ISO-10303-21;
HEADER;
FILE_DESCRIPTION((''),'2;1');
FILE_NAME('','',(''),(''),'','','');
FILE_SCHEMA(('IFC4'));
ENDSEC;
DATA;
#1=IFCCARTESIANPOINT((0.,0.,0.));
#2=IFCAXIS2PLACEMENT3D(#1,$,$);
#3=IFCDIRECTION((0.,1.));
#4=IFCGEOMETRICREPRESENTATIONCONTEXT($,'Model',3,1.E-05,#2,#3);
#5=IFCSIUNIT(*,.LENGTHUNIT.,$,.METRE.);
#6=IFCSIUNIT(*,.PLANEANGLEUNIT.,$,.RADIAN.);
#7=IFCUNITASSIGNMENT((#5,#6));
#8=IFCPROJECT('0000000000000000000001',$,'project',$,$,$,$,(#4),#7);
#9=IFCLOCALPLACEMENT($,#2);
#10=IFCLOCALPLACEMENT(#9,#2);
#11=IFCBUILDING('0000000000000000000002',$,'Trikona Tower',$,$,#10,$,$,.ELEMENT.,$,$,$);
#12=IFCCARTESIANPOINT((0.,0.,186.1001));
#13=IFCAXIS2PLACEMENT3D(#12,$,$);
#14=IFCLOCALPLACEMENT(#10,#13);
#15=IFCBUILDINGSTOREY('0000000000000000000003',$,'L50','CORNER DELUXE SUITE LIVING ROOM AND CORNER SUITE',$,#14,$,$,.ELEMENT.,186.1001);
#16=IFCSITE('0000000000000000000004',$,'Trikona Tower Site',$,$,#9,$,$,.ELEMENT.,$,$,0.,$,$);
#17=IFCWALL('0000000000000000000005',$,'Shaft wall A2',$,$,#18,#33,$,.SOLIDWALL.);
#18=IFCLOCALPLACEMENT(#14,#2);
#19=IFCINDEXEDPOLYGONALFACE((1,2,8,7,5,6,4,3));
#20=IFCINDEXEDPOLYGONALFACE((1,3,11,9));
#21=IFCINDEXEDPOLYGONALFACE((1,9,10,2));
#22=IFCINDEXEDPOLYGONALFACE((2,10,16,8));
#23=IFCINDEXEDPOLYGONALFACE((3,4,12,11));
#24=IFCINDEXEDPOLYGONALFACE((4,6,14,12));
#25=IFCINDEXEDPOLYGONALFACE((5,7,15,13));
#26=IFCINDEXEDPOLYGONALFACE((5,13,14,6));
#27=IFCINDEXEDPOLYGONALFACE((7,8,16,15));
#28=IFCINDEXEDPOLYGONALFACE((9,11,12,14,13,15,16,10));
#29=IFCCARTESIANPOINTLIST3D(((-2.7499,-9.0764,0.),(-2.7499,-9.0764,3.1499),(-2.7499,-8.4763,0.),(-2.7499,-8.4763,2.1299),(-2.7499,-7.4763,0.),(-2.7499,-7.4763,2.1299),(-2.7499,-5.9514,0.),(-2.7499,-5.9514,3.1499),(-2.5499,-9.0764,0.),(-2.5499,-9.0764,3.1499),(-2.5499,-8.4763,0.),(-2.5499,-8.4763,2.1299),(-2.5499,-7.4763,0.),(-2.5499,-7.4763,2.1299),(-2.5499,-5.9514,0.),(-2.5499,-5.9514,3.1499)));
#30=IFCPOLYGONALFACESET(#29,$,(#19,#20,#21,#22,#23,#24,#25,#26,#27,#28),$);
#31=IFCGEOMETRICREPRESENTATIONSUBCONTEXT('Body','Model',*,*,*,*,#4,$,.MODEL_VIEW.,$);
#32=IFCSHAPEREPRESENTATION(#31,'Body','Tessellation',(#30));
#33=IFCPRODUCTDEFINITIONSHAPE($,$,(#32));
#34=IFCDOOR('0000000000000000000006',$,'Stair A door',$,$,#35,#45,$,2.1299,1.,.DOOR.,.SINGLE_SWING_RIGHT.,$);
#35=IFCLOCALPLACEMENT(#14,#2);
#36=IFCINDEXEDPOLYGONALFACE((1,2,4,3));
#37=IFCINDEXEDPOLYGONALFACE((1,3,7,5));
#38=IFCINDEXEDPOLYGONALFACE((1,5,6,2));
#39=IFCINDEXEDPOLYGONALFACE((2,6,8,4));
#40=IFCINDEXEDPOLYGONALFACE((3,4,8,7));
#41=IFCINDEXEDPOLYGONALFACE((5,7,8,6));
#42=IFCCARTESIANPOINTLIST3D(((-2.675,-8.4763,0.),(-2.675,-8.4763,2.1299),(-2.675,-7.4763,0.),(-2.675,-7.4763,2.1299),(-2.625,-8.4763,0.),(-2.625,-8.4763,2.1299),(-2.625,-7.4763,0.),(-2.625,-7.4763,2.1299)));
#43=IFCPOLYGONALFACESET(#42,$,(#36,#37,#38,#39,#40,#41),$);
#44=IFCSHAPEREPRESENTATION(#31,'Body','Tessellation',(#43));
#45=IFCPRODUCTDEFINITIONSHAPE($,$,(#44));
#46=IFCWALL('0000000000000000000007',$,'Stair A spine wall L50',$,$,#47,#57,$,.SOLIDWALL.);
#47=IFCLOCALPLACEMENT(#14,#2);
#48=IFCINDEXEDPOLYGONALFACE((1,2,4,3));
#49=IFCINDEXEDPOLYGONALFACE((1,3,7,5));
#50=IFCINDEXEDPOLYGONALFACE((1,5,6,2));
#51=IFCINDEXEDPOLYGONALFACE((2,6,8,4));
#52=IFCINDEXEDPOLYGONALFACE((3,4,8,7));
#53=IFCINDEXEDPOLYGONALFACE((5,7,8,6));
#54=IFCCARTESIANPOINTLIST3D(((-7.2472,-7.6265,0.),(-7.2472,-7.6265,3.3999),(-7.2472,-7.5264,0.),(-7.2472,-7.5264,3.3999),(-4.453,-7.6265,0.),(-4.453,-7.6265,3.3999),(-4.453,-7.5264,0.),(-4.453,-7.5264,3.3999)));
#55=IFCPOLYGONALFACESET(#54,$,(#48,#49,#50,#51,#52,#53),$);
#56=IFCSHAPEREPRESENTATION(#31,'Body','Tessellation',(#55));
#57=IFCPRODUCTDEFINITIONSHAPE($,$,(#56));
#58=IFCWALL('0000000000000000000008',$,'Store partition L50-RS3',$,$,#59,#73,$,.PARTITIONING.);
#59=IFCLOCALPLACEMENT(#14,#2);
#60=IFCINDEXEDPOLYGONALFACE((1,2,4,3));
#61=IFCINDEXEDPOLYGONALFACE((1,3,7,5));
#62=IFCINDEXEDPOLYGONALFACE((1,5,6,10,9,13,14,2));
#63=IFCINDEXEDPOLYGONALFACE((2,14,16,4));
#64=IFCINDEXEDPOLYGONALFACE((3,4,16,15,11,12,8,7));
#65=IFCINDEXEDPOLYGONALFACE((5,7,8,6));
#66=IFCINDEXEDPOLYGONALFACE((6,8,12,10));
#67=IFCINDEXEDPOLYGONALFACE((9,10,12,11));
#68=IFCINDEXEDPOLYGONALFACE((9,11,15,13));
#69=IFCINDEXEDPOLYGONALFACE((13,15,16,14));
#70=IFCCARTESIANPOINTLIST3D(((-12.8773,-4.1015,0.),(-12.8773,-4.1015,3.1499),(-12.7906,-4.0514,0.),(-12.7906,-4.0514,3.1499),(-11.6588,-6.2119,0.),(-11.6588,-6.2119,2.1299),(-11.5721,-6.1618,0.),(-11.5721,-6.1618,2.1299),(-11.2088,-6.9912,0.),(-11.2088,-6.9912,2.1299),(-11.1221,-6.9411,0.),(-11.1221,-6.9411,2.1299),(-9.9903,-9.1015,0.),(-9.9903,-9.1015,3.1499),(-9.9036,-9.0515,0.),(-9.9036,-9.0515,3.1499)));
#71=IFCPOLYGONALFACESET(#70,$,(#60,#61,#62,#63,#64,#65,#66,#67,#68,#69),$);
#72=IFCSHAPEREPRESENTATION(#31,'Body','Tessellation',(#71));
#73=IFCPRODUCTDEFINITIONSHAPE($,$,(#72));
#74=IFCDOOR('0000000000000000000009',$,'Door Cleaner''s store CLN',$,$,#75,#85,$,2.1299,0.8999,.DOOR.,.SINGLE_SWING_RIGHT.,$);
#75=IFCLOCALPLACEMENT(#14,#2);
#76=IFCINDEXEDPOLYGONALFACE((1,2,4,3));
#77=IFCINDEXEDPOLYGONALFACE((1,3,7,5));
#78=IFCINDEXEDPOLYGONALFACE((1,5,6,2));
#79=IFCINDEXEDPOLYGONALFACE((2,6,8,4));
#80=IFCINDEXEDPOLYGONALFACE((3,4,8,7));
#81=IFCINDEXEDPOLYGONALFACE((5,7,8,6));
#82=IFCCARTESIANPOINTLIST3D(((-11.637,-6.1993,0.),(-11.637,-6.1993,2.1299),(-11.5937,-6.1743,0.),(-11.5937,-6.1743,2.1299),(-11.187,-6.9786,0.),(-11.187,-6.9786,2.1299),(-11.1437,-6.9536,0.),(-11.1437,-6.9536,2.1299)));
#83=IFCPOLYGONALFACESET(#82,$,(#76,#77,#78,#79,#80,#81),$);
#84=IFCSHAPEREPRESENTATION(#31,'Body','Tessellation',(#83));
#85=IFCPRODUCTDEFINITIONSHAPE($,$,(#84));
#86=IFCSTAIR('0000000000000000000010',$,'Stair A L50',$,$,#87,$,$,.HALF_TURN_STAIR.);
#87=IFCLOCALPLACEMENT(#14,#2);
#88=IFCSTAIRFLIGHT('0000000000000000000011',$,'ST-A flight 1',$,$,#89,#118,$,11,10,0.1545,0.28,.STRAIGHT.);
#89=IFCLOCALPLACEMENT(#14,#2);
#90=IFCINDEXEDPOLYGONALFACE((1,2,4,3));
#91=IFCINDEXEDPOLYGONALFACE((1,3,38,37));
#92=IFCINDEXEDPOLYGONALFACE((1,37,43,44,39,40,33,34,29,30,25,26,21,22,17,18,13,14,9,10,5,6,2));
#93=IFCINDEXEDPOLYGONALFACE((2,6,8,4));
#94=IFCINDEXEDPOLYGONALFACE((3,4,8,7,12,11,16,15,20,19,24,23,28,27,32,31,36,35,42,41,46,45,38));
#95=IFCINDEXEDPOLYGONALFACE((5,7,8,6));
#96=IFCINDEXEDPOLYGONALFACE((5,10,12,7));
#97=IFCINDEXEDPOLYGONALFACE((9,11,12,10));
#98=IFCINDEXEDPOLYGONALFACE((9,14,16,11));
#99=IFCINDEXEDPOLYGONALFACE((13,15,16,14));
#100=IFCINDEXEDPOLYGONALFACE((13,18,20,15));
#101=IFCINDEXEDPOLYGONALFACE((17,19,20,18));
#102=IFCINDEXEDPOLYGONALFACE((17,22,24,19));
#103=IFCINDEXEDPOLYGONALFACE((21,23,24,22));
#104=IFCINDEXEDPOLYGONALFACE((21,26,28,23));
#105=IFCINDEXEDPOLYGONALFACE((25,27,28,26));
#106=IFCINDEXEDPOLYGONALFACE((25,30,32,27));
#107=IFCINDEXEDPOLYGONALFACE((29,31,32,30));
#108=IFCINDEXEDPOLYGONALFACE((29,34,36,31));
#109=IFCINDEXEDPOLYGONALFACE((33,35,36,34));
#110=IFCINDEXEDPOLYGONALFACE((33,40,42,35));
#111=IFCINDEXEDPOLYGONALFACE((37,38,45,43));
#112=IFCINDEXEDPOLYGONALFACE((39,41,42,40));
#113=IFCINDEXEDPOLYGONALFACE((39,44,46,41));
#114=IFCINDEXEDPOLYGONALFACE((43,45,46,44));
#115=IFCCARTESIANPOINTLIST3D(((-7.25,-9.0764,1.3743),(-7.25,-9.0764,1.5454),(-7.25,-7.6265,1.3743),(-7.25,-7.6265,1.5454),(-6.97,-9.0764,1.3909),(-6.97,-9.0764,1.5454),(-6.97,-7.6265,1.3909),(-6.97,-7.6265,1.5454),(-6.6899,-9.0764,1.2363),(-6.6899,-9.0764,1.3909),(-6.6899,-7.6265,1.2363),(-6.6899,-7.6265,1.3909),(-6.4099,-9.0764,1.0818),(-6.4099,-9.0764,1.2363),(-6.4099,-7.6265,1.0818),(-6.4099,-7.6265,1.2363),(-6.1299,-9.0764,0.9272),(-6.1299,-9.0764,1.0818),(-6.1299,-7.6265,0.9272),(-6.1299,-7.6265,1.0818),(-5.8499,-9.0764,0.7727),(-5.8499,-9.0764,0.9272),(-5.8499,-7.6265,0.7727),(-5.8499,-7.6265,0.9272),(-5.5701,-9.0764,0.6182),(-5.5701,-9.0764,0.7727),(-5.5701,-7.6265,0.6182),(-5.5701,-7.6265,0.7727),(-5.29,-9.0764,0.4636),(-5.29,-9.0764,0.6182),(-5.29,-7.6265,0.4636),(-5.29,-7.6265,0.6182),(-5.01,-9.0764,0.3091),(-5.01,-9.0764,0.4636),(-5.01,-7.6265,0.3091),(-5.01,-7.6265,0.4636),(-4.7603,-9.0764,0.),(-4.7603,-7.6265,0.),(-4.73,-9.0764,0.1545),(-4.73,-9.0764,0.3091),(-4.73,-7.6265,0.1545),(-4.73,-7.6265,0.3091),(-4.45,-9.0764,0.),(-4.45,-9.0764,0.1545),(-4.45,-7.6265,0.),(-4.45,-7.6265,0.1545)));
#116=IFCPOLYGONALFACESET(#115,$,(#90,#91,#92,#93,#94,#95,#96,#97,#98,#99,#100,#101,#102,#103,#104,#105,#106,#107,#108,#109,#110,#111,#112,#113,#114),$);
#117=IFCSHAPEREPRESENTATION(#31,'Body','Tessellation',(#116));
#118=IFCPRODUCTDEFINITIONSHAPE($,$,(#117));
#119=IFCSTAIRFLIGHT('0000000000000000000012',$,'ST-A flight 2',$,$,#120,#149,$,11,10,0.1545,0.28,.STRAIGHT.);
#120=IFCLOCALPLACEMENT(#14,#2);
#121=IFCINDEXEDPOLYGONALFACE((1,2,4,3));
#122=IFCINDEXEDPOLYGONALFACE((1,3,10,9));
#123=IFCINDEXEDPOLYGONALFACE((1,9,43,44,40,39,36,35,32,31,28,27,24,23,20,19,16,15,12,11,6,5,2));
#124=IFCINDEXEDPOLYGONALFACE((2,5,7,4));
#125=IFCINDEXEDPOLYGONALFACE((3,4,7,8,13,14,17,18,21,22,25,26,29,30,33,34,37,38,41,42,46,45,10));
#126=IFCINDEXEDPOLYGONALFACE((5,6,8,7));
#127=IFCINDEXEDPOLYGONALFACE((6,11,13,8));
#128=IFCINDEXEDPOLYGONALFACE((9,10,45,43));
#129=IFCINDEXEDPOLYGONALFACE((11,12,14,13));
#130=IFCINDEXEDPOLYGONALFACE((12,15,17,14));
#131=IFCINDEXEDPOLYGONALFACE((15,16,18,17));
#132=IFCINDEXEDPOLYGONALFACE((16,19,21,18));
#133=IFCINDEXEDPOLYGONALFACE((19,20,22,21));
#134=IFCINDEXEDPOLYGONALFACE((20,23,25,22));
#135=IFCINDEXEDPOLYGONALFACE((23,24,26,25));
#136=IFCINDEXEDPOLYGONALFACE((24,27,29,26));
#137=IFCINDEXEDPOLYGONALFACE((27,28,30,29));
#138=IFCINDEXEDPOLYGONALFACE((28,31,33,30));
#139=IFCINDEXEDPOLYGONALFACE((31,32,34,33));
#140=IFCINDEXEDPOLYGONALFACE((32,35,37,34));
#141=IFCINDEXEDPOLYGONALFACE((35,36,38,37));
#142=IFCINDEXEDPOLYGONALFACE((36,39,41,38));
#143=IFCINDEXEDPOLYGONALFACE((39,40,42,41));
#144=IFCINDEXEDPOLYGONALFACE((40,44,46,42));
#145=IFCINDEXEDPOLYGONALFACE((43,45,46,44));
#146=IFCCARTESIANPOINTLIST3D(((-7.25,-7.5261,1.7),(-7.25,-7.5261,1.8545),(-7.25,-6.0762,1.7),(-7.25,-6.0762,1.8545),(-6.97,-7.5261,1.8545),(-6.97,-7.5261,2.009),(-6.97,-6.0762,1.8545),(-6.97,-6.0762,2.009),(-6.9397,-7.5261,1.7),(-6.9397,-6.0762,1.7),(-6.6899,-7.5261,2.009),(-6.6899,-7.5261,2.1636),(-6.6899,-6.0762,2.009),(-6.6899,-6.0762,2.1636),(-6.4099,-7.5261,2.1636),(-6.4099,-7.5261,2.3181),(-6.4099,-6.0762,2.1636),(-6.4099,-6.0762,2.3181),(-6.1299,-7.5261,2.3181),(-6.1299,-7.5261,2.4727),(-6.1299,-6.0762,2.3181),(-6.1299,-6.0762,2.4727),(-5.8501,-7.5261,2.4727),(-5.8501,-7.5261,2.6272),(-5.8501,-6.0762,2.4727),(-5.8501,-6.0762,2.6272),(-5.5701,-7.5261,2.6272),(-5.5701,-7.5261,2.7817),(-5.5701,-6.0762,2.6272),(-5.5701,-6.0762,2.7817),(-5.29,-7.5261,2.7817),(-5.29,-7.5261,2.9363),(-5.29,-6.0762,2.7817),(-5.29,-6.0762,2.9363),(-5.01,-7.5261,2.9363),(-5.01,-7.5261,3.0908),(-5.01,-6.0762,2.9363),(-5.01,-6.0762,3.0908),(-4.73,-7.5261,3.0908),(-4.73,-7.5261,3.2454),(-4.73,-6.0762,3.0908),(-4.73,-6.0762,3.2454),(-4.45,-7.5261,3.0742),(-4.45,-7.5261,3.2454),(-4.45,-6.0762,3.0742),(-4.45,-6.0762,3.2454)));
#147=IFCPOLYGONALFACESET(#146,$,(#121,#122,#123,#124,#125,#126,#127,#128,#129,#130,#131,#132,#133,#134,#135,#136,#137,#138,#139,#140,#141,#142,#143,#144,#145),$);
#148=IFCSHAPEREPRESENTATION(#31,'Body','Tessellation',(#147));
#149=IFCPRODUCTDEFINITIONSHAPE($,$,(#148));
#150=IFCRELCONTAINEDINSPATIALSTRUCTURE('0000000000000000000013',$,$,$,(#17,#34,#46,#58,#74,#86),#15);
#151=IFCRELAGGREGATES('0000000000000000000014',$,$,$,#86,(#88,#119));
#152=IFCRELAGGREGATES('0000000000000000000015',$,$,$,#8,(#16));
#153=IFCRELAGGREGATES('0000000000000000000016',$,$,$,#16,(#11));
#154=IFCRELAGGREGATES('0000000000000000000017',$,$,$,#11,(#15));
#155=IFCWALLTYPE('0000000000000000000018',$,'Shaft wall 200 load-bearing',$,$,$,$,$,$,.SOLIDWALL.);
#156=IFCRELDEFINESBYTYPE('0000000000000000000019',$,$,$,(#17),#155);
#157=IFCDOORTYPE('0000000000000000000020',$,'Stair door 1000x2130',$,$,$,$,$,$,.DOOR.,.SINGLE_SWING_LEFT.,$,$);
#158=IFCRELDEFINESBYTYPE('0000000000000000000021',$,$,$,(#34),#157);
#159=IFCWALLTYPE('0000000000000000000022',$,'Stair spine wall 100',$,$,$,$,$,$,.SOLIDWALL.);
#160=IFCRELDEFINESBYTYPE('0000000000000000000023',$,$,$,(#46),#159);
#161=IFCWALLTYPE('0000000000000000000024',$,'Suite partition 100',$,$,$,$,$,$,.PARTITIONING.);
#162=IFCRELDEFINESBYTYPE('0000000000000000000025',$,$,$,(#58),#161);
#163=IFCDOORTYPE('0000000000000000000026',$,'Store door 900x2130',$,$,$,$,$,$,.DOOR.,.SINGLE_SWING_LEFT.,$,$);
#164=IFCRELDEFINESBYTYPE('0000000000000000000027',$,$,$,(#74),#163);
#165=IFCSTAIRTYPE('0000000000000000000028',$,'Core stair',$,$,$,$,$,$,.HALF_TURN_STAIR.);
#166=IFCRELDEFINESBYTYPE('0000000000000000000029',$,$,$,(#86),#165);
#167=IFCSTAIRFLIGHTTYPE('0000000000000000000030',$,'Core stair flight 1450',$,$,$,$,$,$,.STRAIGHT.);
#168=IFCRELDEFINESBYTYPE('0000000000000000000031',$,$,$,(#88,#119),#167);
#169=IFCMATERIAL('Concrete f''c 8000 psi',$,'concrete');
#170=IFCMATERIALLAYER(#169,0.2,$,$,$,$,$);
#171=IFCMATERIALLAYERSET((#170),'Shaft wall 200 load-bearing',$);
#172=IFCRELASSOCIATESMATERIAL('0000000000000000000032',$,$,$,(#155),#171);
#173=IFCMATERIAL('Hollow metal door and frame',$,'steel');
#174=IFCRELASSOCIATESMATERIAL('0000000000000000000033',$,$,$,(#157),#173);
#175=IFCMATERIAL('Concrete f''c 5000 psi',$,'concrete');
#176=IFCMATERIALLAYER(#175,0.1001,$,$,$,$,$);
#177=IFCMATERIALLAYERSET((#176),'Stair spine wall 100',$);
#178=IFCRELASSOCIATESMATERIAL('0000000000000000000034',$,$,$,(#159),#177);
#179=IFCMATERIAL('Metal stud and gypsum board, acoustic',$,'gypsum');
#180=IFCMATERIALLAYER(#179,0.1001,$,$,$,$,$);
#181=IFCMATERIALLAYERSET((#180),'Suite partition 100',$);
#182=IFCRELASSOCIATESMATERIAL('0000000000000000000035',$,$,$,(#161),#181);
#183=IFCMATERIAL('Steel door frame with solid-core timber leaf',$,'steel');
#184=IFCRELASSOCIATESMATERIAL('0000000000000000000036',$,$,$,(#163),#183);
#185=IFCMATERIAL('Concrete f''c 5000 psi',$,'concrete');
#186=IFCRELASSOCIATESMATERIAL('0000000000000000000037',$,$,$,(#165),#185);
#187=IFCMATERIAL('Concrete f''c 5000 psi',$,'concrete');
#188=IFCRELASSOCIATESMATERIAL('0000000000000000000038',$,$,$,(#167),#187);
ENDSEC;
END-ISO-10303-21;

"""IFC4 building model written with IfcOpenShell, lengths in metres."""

from ifc_helpers import new_model, si_unit, direction, frame, frame_2d, origin, place, context, subcontext, project, spatial, polyline, rectangle, outline, extrude, material, layer, layer_set, type_object, element, fill, aggregate, save


model = new_model("IFC4")

# Units and contexts
model_context = context("Model", 3, precision=1e-05, world=origin(), true_north=direction((0.0, 1.0)))
body_context = subcontext(model_context, "Body", "Model", "MODEL_VIEW")
ifc_project = project(units=[si_unit("LENGTHUNIT", "METRE"), si_unit("PLANEANGLEUNIT", "RADIAN")], contexts=[model_context])

# Site, building, storey
site_placement = place(None, origin())
site = spatial("IfcSite", under=ifc_project, at=site_placement, Name="Trikona Tower Site", CompositionType="ELEMENT", RefElevation=0.0)
building_placement = place(site_placement, origin())
building = spatial("IfcBuilding", under=site, at=building_placement, Name="Trikona Tower", CompositionType="ELEMENT")
storey_placement = place(building_placement, frame((0.0, 0.0, 186.1001)))
storey = spatial("IfcBuildingStorey", under=building, at=storey_placement, Name="L50", Description="CORNER DELUXE SUITE LIVING ROOM AND CORNER SUITE", CompositionType="ELEMENT", Elevation=186.1001)

# Shared definitions
ifc_material_1 = material(Name="Concrete f'c 8000 psi", Category="concrete")
ifc_layer_1 = layer(ifc_material_1, 0.2)
ifc_layer_set_1 = layer_set([ifc_layer_1], Name="Shaft wall 200 load-bearing")
wall_type_1 = type_object("IfcWallType", Name="Shaft wall 200 load-bearing", PredefinedType="SOLIDWALL", material=ifc_layer_set_1)

# Wall, opening, door
wall_1_placement = place(storey_placement, frame((-2.6499, -5.9514, 0.0), z_axis=(0.0, 0.0, 1.0), x_axis=(0.0, -1.0, 0.0)))
wall_1 = element("IfcWall", 1, at=wall_1_placement, inside=storey, type_object=wall_type_1, Name="Shaft wall A2", PredefinedType="SOLIDWALL", context=body_context, shape_type="SweptSolid", body=[
    extrude(rectangle(XDim=3.125, YDim=0.2, at=frame_2d((1.5625, 0.0))), origin(), (0.0, 0.0, 1.0), 3.1499),
])
opening_1_placement = place(wall_1_placement, frame((1.5249, 0.0, 0.0)))
opening_1 = element("IfcOpeningElement", 2, at=opening_1_placement, cuts=wall_1, PredefinedType="OPENING", context=body_context, shape_type="SweptSolid", body=[
    extrude(rectangle(XDim=1.0, YDim=2.1299, at=frame_2d((0.5, 1.0649))), frame((0.0, 0.1099, 0.0), z_axis=(0.0, -1.0, 0.0), x_axis=(1.0, 0.0, 0.0)), (0.0, 0.0, 1.0), 0.22),
])
ifc_material_2 = material(Name="Hollow metal door and frame", Category="steel")
door_type_1 = type_object("IfcDoorType", Name="Stair door 1000x2130", OperationType="SINGLE_SWING_LEFT", PredefinedType="DOOR", material=ifc_material_2)
door_1_placement = place(opening_1_placement, origin())
door_1 = element("IfcDoor", 3, at=door_1_placement, inside=storey, type_object=door_type_1, Name="Stair A door", OperationType="SINGLE_SWING_RIGHT", OverallHeight=2.1299, OverallWidth=1.0, PredefinedType="DOOR", context=body_context, shape_type="SweptSolid", body=[
    extrude(rectangle(XDim=1.0, YDim=2.1299, at=frame_2d((0.5, 1.0649))), frame((0.0, 0.0249, 0.0), z_axis=(0.0, -1.0, 0.0), x_axis=(1.0, 0.0, 0.0)), (0.0, 0.0, 1.0), 0.05),
])
fill(opening_1, door_1)

# Wall
ifc_material_3 = material(Name="Concrete f'c 5000 psi", Category="concrete")
ifc_layer_2 = layer(ifc_material_3, 0.1001)
ifc_layer_set_2 = layer_set([ifc_layer_2], Name="Stair spine wall 100")
wall_type_2 = type_object("IfcWallType", Name="Stair spine wall 100", PredefinedType="SOLIDWALL", material=ifc_layer_set_2)
wall_2_placement = place(storey_placement, frame((-7.2471, -7.5764, 0.0), z_axis=(0.0, 0.0, 1.0), x_axis=(1.0, 0.0, 0.0)))
element("IfcWall", 4, at=wall_2_placement, inside=storey, type_object=wall_type_2, Name="Stair A spine wall L50", PredefinedType="SOLIDWALL", context=body_context, shape_type="SweptSolid", body=[
    extrude(rectangle(XDim=2.7942, YDim=0.1001, at=frame_2d((1.397, 0.0))), origin(), (0.0, 0.0, 1.0), 3.3999),
])

# Wall, opening, door
ifc_material_4 = material(Name="Metal stud and gypsum board, acoustic", Category="gypsum")
ifc_layer_3 = layer(ifc_material_4, 0.1001)
ifc_layer_set_3 = layer_set([ifc_layer_3], Name="Suite partition 100")
wall_type_3 = type_object("IfcWallType", Name="Suite partition 100", PredefinedType="PARTITIONING", material=ifc_layer_set_3)
wall_3_placement = place(storey_placement, frame((-9.947, -9.0764, 0.0), z_axis=(0.0, 0.0, 1.0), x_axis=(-0.500027, 0.86601, 0.0)))
wall_3 = element("IfcWall", 5, at=wall_3_placement, inside=storey, type_object=wall_type_3, Name="Store partition L50-RS3", PredefinedType="PARTITIONING", context=body_context, shape_type="SweptSolid", body=[
    extrude(rectangle(XDim=5.7737, YDim=0.1001, at=frame_2d((2.8867, 0.0))), origin(), (0.0, 0.0, 1.0), 3.1499),
])
opening_2_placement = place(wall_3_placement, frame((2.4368, 0.0, 0.0)))
opening_2 = element("IfcOpeningElement", 6, at=opening_2_placement, cuts=wall_3, PredefinedType="OPENING", context=body_context, shape_type="SweptSolid", body=[
    extrude(rectangle(XDim=0.8999, YDim=2.1299, at=frame_2d((0.45, 1.0649))), frame((0.0, 0.0601, 0.0), z_axis=(0.0, -1.0, 0.0), x_axis=(1.0, 0.0, 0.0)), (0.0, 0.0, 1.0), 0.1201),
])
ifc_material_5 = material(Name="Steel door frame with solid-core timber leaf", Category="steel")
door_type_2 = type_object("IfcDoorType", Name="Store door 900x2130", OperationType="SINGLE_SWING_LEFT", PredefinedType="DOOR", material=ifc_material_5)
door_2_placement = place(opening_2_placement, origin())
door_2 = element("IfcDoor", 7, at=door_2_placement, inside=storey, type_object=door_type_2, Name="Door Cleaner's store CLN", OperationType="SINGLE_SWING_RIGHT", OverallHeight=2.1299, OverallWidth=0.8999, PredefinedType="DOOR", context=body_context, shape_type="SweptSolid", body=[
    extrude(rectangle(XDim=0.8999, YDim=2.1299, at=frame_2d((0.45, 1.0649))), frame((0.0, 0.0249, 0.0), z_axis=(0.0, -1.0, 0.0), x_axis=(1.0, 0.0, 0.0)), (0.0, 0.0, 1.0), 0.05),
])
fill(opening_2, door_2)

# Stair, stair flights
ifc_material_6 = material(Name="Concrete f'c 5000 psi", Category="concrete")
stair_type = type_object("IfcStairType", Name="Core stair", PredefinedType="HALF_TURN_STAIR", material=ifc_material_6)
stair_placement = place(storey_placement, origin())
stair = element("IfcStair", 8, at=stair_placement, inside=storey, type_object=stair_type, Name="Stair A L50", PredefinedType="HALF_TURN_STAIR")
ifc_material_7 = material(Name="Concrete f'c 5000 psi", Category="concrete")
stair_flight_type = type_object("IfcStairFlightType", Name="Core stair flight 1450", PredefinedType="STRAIGHT", material=ifc_material_7)
stair_flight_1_placement = place(storey_placement, frame((-4.45, -8.3513, 0.0), z_axis=(0.0, 0.0, 1.0), x_axis=(-1.0, 0.0, 0.0)))
stair_flight_1 = element("IfcStairFlight", 9, at=stair_flight_1_placement, type_object=stair_flight_type, Name="ST-A flight 1", NumberOfRisers=11, NumberOfTreads=10, PredefinedType="STRAIGHT", RiserHeight=0.1545, TreadLength=0.28, context=body_context, shape_type="SweptSolid", body=[
    extrude(outline(polyline([(0.0, 0.0), (0.0, 0.1545), (0.28, 0.1545), (0.28, 0.3091), (0.5601, 0.3091), (0.5601, 0.4636), (0.8401, 0.4636), (0.8401, 0.6182), (1.1201, 0.6182), (1.1201, 0.7727), (1.3999, 0.7727), (1.3999, 0.9272), (1.6799, 0.9272), (1.6799, 1.0818), (1.96, 1.0818), (1.96, 1.2363), (2.24, 1.2363), (2.24, 1.3909), (2.52, 1.3909), (2.52, 1.5454), (2.8, 1.5454), (2.8, 1.7), (2.8, 1.3743), (0.3103, 0.0), (0.0, 0.0)])), frame((0.0, 0.7251, 0.0), z_axis=(0.0, -1.0, 0.0), x_axis=(1.0, 0.0, 0.0)), (0.0, 0.0, 1.0), 1.45),
])
stair_flight_2_placement = place(storey_placement, frame((-7.25, -6.8013, 1.7), z_axis=(0.0, 0.0, 1.0), x_axis=(1.0, 0.0, 0.0)))
stair_flight_2 = element("IfcStairFlight", 10, at=stair_flight_2_placement, type_object=stair_flight_type, Name="ST-A flight 2", NumberOfRisers=11, NumberOfTreads=10, PredefinedType="STRAIGHT", RiserHeight=0.1545, TreadLength=0.28, context=body_context, shape_type="SweptSolid", body=[
    extrude(outline(polyline([(0.0, 0.0), (0.0, 0.1545), (0.28, 0.1545), (0.28, 0.3091), (0.5601, 0.3091), (0.5601, 0.4636), (0.8401, 0.4636), (0.8401, 0.6182), (1.1201, 0.6182), (1.1201, 0.7727), (1.3999, 0.7727), (1.3999, 0.9272), (1.6799, 0.9272), (1.6799, 1.0818), (1.96, 1.0818), (1.96, 1.2363), (2.24, 1.2363), (2.24, 1.3909), (2.52, 1.3909), (2.52, 1.5454), (2.8, 1.5454), (2.8, 1.7), (2.8, 1.3743), (0.3103, 0.0), (0.0, 0.0)])), frame((0.0, 0.7251, 0.0), z_axis=(0.0, -1.0, 0.0), x_axis=(1.0, 0.0, 0.0)), (0.0, 0.0, 1.0), 1.45),
])
aggregate(stair, [stair_flight_1, stair_flight_2])

save(model, "model.ifc")
